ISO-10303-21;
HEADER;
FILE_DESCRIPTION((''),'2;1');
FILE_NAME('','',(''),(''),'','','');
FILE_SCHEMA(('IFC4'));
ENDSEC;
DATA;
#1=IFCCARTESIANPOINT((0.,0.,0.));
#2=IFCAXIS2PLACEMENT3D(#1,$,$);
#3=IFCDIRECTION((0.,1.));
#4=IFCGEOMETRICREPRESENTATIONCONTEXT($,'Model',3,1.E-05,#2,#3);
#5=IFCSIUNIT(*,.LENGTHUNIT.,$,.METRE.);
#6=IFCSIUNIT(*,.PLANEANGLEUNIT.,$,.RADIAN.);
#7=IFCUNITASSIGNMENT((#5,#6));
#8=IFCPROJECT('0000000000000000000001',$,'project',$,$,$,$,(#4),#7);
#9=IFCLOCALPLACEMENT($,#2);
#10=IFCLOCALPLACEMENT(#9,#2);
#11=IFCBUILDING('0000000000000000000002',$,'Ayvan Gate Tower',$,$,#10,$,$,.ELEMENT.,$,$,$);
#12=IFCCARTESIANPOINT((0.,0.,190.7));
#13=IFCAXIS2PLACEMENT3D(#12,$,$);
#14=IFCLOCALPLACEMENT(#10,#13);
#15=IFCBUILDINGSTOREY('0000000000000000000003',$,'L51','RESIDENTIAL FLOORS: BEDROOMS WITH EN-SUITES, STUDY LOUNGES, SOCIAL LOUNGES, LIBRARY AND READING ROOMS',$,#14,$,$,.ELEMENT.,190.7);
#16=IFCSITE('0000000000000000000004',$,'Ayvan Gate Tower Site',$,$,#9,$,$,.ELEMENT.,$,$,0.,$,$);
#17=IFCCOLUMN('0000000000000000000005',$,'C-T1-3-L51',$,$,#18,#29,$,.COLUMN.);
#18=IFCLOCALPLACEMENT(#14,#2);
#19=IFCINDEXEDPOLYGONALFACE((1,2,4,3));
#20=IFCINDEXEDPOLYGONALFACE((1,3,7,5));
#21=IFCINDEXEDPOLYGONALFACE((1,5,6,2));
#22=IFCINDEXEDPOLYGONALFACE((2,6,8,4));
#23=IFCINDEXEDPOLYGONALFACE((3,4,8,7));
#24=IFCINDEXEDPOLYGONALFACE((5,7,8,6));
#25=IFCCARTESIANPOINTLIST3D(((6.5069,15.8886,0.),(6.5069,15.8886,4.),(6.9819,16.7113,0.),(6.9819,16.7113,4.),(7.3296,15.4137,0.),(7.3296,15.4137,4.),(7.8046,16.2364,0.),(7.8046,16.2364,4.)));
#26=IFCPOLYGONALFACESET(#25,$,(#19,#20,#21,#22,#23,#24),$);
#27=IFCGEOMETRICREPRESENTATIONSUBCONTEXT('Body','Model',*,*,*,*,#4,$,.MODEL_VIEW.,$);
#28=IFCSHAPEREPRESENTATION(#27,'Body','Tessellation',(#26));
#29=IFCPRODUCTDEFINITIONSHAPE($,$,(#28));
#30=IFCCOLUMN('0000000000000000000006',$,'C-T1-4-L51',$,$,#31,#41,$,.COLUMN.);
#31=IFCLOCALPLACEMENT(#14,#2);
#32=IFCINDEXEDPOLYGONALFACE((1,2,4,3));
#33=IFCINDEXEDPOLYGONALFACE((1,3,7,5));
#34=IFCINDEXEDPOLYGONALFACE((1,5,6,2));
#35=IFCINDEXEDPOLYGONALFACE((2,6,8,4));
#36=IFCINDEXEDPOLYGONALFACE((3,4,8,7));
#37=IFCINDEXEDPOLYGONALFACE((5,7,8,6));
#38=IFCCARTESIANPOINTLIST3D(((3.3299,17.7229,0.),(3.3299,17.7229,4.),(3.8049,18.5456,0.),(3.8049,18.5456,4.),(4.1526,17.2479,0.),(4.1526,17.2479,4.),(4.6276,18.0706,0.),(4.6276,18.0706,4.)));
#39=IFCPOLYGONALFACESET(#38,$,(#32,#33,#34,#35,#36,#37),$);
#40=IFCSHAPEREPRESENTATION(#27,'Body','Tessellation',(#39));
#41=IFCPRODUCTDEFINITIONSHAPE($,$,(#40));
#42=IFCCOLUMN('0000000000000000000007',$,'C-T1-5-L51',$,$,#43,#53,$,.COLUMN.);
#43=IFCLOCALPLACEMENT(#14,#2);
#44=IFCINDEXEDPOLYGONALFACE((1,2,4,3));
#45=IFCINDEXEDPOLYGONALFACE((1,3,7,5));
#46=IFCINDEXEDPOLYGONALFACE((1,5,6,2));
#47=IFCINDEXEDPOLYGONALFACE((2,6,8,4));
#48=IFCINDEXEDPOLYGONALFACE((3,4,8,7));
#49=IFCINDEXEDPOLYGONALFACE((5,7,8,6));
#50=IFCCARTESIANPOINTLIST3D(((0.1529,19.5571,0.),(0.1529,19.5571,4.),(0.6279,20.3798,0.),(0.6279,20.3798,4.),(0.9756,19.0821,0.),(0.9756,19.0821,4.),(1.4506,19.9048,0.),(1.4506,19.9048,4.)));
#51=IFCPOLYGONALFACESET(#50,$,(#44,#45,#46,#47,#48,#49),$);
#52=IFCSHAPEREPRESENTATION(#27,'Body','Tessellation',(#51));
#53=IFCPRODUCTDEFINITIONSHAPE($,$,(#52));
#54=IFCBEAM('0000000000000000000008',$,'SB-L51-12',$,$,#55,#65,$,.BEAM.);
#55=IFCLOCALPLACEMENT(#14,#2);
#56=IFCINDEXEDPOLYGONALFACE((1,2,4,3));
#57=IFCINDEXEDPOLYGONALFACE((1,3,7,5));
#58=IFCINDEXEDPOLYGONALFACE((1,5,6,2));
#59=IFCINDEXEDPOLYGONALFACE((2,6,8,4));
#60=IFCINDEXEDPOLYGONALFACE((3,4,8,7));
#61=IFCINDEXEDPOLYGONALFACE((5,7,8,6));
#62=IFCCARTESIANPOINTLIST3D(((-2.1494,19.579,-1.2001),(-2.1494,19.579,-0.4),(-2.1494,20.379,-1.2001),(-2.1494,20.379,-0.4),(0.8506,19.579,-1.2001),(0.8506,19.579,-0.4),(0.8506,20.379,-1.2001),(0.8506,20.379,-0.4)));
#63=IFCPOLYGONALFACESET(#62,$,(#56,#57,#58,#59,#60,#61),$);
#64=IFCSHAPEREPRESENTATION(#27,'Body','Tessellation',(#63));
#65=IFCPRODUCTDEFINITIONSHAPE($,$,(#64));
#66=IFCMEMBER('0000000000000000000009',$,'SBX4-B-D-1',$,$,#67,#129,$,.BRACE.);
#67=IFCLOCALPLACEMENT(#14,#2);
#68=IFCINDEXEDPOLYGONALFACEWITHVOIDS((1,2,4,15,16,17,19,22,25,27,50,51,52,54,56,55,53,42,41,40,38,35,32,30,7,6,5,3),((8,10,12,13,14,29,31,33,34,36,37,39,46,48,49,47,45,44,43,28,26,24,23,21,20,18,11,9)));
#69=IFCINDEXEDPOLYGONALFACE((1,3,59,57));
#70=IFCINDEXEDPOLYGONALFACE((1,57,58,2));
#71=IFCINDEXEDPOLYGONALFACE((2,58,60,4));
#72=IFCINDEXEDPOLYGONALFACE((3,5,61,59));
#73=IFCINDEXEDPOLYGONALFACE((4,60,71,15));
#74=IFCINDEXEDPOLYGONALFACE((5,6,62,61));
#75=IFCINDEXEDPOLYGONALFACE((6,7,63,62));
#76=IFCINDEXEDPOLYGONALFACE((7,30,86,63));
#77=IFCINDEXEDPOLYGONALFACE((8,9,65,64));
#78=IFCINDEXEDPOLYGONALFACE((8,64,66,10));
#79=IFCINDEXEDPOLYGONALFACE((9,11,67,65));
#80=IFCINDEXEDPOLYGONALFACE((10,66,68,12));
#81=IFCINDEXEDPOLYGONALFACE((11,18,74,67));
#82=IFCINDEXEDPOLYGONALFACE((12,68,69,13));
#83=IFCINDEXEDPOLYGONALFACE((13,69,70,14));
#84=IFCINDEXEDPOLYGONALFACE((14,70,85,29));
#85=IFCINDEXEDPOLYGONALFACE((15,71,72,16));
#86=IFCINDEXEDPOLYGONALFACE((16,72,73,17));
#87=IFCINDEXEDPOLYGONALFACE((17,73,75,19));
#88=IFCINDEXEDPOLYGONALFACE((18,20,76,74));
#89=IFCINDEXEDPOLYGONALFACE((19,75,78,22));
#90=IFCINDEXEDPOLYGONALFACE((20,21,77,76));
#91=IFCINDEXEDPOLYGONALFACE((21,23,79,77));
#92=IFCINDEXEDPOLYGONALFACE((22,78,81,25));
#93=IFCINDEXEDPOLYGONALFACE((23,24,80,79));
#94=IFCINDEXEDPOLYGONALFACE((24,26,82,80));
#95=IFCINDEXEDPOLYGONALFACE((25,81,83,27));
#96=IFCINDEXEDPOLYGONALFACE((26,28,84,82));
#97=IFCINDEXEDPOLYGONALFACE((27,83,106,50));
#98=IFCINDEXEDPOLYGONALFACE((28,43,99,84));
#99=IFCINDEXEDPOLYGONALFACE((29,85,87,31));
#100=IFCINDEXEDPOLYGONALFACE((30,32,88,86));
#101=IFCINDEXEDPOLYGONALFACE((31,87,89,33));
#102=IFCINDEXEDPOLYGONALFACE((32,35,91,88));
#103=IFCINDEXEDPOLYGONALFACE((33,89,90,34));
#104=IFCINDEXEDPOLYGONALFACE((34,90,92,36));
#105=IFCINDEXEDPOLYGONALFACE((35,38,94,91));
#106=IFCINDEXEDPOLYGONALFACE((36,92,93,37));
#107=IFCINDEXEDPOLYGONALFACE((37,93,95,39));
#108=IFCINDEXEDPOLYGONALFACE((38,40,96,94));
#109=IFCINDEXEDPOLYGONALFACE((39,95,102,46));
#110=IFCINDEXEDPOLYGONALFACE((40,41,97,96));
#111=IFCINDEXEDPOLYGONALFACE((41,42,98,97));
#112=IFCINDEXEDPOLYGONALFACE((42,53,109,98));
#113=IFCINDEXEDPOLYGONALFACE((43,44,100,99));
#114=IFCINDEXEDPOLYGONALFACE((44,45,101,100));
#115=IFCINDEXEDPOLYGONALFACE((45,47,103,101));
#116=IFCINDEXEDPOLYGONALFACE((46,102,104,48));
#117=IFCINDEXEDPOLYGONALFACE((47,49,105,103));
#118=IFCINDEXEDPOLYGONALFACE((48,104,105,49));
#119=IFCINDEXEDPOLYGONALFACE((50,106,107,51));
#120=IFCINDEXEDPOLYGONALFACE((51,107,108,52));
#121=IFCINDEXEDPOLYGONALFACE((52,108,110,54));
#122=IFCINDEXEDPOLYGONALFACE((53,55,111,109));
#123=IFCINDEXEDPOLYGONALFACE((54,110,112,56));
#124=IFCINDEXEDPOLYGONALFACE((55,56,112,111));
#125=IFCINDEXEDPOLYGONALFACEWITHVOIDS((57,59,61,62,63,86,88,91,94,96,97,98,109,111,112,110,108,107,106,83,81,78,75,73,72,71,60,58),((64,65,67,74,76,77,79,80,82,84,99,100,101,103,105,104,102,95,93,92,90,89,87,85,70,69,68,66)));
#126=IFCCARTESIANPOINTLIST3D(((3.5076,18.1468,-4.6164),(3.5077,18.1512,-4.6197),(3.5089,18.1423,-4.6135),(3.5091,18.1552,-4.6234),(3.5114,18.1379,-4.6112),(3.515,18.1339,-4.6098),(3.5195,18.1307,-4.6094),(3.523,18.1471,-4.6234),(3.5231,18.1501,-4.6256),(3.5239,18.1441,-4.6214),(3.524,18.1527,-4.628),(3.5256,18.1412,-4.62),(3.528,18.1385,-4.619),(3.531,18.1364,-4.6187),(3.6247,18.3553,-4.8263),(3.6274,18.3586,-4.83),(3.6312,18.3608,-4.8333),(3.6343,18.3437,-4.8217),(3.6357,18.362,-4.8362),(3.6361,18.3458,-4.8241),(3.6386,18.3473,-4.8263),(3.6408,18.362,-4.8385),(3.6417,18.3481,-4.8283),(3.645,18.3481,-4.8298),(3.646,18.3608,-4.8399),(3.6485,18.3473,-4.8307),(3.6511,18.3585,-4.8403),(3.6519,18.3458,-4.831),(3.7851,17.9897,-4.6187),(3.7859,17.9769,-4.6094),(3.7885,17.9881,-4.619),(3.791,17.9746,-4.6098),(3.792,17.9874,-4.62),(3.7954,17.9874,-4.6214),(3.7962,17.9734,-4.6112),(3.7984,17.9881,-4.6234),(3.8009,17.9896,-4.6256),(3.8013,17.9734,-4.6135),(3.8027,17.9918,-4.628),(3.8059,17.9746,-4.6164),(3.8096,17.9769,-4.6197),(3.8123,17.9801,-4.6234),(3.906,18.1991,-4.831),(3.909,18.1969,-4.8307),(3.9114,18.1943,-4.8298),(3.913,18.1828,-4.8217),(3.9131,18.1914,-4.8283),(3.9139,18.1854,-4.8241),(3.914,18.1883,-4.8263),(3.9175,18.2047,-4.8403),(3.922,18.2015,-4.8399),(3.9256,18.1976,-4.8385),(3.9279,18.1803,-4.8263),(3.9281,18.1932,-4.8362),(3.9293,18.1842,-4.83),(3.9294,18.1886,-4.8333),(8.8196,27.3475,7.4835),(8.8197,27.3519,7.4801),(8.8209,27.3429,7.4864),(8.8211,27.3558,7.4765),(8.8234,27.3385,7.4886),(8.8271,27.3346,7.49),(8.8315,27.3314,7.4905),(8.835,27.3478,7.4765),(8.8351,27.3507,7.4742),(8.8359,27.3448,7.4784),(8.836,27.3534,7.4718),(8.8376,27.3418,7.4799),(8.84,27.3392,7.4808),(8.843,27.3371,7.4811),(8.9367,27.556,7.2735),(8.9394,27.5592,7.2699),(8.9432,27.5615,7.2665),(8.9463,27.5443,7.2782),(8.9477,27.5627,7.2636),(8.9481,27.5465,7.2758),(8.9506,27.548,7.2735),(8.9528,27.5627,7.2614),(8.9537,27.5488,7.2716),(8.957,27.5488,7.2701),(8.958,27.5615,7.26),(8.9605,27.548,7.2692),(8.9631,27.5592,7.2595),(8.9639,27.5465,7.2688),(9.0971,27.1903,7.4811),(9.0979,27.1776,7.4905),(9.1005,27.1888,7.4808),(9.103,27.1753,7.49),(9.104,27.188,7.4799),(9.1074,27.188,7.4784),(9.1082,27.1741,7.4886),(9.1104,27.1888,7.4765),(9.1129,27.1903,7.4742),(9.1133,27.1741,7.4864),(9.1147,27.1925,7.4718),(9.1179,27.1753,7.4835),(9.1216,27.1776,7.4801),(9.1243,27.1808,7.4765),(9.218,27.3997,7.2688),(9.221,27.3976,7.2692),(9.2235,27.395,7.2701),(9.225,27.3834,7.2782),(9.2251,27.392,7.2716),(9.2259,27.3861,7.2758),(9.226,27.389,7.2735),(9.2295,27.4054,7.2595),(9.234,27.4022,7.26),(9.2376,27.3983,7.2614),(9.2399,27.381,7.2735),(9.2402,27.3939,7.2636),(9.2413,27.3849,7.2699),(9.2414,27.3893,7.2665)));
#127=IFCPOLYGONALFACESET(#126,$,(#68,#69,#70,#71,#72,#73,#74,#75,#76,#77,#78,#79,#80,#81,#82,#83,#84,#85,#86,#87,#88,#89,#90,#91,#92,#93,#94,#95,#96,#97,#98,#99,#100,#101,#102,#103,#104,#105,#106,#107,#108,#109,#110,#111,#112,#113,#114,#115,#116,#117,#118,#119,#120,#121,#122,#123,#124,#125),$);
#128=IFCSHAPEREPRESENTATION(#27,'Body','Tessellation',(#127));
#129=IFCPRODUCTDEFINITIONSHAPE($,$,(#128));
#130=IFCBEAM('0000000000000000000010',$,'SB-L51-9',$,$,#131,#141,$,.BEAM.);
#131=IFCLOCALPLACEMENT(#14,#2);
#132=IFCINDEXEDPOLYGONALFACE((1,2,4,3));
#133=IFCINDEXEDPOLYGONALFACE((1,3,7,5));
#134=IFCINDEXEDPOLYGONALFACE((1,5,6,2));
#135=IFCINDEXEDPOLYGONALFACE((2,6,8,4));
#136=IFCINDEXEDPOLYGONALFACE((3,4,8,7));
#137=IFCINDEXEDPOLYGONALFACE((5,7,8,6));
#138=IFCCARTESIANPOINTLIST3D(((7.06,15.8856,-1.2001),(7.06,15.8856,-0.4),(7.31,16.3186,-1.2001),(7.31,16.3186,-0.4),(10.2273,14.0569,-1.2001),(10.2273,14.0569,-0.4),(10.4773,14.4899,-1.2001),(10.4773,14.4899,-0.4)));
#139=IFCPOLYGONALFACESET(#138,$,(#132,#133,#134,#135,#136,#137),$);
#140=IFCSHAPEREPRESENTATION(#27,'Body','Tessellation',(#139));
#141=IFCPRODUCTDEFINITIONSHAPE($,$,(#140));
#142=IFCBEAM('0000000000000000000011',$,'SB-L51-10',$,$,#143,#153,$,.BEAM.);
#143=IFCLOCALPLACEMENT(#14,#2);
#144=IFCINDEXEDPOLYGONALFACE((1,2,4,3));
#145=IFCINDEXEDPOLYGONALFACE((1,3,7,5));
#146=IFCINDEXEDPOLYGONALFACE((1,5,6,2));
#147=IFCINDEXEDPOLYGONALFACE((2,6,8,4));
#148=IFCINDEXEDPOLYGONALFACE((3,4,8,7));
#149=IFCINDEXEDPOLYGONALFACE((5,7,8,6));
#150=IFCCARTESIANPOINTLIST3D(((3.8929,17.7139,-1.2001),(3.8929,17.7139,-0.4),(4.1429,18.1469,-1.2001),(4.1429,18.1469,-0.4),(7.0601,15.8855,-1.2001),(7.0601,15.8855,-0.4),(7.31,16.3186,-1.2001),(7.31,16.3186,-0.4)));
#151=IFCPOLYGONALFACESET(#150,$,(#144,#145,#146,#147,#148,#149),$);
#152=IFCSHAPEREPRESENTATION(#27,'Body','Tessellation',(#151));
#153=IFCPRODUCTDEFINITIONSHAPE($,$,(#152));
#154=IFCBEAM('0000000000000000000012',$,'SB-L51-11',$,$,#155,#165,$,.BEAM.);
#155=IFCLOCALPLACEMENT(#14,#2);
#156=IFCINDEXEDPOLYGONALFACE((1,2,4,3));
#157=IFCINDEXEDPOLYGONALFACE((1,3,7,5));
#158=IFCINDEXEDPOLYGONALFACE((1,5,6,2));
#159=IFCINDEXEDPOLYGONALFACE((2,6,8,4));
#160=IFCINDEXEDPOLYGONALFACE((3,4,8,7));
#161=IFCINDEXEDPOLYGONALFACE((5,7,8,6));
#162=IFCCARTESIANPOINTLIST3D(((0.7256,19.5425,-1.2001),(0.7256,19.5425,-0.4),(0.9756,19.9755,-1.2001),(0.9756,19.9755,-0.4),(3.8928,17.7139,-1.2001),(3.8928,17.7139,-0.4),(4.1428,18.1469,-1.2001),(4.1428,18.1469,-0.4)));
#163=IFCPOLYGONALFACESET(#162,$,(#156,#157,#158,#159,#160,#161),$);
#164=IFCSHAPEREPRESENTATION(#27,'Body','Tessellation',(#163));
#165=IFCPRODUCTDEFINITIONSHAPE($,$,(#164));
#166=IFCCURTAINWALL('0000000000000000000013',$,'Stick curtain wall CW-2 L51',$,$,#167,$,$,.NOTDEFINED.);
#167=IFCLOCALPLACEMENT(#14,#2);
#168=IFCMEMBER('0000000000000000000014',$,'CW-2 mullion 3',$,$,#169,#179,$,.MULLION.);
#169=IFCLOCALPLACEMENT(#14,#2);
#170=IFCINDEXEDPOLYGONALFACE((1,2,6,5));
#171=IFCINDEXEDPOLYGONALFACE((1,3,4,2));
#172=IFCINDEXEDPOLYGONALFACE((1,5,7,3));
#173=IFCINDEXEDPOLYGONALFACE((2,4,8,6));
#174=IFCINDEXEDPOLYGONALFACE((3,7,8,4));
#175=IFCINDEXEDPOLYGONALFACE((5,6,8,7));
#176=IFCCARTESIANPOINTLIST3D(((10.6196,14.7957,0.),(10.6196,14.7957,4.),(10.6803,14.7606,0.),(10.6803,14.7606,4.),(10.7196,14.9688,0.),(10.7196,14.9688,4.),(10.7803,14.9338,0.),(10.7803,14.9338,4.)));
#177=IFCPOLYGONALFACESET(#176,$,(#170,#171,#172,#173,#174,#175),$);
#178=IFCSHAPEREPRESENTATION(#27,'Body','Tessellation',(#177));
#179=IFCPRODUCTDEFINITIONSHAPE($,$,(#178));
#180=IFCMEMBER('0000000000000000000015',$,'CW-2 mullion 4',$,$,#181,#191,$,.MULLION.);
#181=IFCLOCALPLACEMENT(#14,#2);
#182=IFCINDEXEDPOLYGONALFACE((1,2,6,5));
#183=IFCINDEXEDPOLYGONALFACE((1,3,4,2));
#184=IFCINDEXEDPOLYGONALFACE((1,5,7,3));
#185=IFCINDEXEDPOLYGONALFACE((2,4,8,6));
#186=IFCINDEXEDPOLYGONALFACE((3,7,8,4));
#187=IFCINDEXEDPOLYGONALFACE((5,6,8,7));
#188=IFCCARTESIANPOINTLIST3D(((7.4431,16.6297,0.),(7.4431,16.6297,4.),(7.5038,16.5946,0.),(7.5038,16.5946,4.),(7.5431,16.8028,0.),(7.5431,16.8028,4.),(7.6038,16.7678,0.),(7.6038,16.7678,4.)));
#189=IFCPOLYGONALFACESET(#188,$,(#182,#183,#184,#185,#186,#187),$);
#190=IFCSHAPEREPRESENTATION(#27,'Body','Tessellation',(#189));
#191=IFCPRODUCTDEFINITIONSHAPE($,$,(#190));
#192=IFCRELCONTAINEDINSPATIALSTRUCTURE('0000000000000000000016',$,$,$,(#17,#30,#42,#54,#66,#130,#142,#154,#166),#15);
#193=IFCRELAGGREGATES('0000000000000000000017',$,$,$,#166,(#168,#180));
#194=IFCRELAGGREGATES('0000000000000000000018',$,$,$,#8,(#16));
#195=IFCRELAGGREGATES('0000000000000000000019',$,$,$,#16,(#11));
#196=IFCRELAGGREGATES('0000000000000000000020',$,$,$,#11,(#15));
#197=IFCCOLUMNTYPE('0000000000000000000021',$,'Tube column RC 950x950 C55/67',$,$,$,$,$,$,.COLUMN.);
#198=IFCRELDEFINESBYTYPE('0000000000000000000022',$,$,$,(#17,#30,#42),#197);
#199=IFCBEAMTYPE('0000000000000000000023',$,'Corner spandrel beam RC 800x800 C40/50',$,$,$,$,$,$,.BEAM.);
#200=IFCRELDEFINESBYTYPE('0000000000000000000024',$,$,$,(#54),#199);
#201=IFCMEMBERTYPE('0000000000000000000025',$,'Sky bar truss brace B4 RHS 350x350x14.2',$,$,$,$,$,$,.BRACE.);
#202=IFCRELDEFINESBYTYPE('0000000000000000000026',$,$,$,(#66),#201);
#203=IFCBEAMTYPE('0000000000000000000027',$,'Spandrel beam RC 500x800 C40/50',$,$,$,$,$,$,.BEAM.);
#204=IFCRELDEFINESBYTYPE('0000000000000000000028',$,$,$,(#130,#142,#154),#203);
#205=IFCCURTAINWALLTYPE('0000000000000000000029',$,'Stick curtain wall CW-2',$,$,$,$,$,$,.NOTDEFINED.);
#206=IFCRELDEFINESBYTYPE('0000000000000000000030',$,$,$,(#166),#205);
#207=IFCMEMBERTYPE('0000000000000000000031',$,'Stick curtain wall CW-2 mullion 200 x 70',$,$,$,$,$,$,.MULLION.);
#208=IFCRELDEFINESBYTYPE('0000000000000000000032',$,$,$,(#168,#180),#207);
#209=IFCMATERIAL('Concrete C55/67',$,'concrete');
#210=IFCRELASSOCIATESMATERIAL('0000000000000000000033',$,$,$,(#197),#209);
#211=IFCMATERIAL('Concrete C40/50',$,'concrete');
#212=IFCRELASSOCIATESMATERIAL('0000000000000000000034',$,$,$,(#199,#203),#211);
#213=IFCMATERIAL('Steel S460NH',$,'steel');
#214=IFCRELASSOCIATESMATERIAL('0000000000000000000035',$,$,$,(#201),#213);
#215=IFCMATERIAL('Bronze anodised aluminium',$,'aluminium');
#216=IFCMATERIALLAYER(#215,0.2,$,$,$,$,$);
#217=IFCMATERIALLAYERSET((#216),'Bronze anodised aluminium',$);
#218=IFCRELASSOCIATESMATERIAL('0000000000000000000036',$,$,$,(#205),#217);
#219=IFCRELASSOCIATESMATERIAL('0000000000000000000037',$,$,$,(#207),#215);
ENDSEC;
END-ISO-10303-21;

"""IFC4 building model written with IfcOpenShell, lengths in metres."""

from ifc_helpers import new_model, si_unit, direction, frame, origin, origin_2d, place, context, subcontext, project, spatial, rectangle, hollow_rectangle, extrude, material, layer, layer_set, material_profile, profile_set, type_object, element, aggregate, save


model = new_model("IFC4")

# Units and contexts
model_context = context("Model", 3, precision=1e-05, world=origin(), true_north=direction((0.0, 1.0)))
body_context = subcontext(model_context, "Body", "Model", "MODEL_VIEW")
ifc_project = project(units=[si_unit("LENGTHUNIT", "METRE"), si_unit("PLANEANGLEUNIT", "RADIAN")], contexts=[model_context])

# Site, building, storey
site_placement = place(None, origin())
site = spatial("IfcSite", under=ifc_project, at=site_placement, Name="Ayvan Gate Tower Site", CompositionType="ELEMENT", RefElevation=0.0)
building_placement = place(site_placement, origin())
building = spatial("IfcBuilding", under=site, at=building_placement, Name="Ayvan Gate Tower", CompositionType="ELEMENT")
storey_placement = place(building_placement, frame((0.0, 0.0, 190.7)))
storey = spatial("IfcBuildingStorey", under=building, at=storey_placement, Name="L51", Description="RESIDENTIAL FLOORS: BEDROOMS WITH EN-SUITES, STUDY LOUNGES, SOCIAL LOUNGES, LIBRARY AND READING ROOMS", CompositionType="ELEMENT", Elevation=190.7)

# Columns
ifc_material_1 = material(Name="Concrete C55/67", Category="concrete")
ifc_material_profile_1 = material_profile(ifc_material_1, rectangle(XDim=0.95, YDim=0.95, at=origin_2d()), Name="RC 950x950")
ifc_profile_set_1 = profile_set([ifc_material_profile_1], Name="Concrete C55/67")
column_type = type_object("IfcColumnType", Name="Tube column RC 950x950 C55/67", PredefinedType="COLUMN", material=ifc_profile_set_1)
for number, where, z_axis, x_axis, name in (
    (1, (7.1558, 16.0625, 0.0), (0.0, 0.0, 1.0), (0.5, 0.866025, 0.0), "C-T1-3-L51"),
    (2, (3.9788, 17.8967, 0.0), (0.0, 0.0, 1.0), (0.5, 0.866025, 0.0), "C-T1-4-L51"),
    (3, (0.8018, 19.731, 0.0), (0.0, 0.0, 1.0), (0.5, 0.866025, 0.0), "C-T1-5-L51"),
):
    element("IfcColumn", number, at=place(storey_placement, frame(where, z_axis=z_axis, x_axis=x_axis)), inside=storey, type_object=column_type, Name=name, PredefinedType="COLUMN", context=body_context, shape_type="SweptSolid", body=[
        extrude(rectangle(XDim=0.95, YDim=0.95, at=origin_2d()), origin(), (0.0, 0.0, 1.0), 4.0),
    ])

# Beam
ifc_material_2 = material(Name="Concrete C40/50", Category="concrete")
ifc_material_profile_2 = material_profile(ifc_material_2, rectangle(XDim=0.8, YDim=0.8, at=origin_2d()), Name="RC 800x800")
ifc_profile_set_2 = profile_set([ifc_material_profile_2], Name="Concrete C40/50")
beam_type_1 = type_object("IfcBeamType", Name="Corner spandrel beam RC 800x800 C40/50", PredefinedType="BEAM", material=ifc_profile_set_2)
beam_1_placement = place(storey_placement, frame((0.8506, 19.979, -0.8), z_axis=(-1.0, 0.0, 0.0), x_axis=(0.0, -1.0, 0.0)))
element("IfcBeam", 4, at=beam_1_placement, inside=storey, type_object=beam_type_1, Name="SB-L51-12", PredefinedType="BEAM", context=body_context, shape_type="SweptSolid", body=[
    extrude(rectangle(XDim=0.8, YDim=0.8, at=origin_2d()), origin(), (0.0, 0.0, 1.0), 3.0),
])

# Member
ifc_material_3 = material(Name="Steel S460NH", Category="steel")
ifc_material_profile_3 = material_profile(ifc_material_3, hollow_rectangle(XDim=0.3501, YDim=0.3501, WallThickness=0.0142, InnerFilletRadius=0.0142, OuterFilletRadius=0.0212, at=origin_2d()), Name="RHS 350x350x14.2")
ifc_profile_set_3 = profile_set([ifc_material_profile_3], Name="Steel S460NH")
member_type_1 = type_object("IfcMemberType", Name="Sky bar truss brace B4 RHS 350x350x14.2", PredefinedType="BRACE", material=ifc_profile_set_3)
member_1_placement = place(storey_placement, frame((3.7185, 18.1677, -4.7249), z_axis=(0.329896, 0.571398, 0.751447), x_axis=(-0.866026, 0.5, 0.0)))
element("IfcMember", 5, at=member_1_placement, inside=storey, type_object=member_type_1, Name="SBX4-B-D-1", PredefinedType="BRACE", context=body_context, shape_type="SweptSolid", body=[
    extrude(hollow_rectangle(XDim=0.3501, YDim=0.3501, WallThickness=0.0142, InnerFilletRadius=0.0142, OuterFilletRadius=0.0212, at=origin_2d()), origin(), (0.0, 0.0, 1.0), 16.1021),
])

# Beams
ifc_material_profile_4 = material_profile(ifc_material_2, rectangle(XDim=0.5, YDim=0.8, at=origin_2d()), Name="RC 500x800")
ifc_profile_set_4 = profile_set([ifc_material_profile_4], Name="Concrete C40/50")
beam_type_2 = type_object("IfcBeamType", Name="Spandrel beam RC 500x800 C40/50", PredefinedType="BEAM", material=ifc_profile_set_4)
beam_2_placement = place(storey_placement, frame((10.3523, 14.2734, -0.8), z_axis=(-0.866024, 0.500002, 0.0), x_axis=(-0.500002, -0.866024, 0.0)))
element("IfcBeam", 6, at=beam_2_placement, inside=storey, type_object=beam_type_2, Name="SB-L51-9", PredefinedType="BEAM", context=body_context, shape_type="SweptSolid", body=[
    extrude(rectangle(XDim=0.5, YDim=0.8, at=origin_2d()), origin(), (0.0, 0.0, 1.0), 3.6572),
])
beam_3_placement = place(storey_placement, frame((7.1851, 16.1021, -0.8), z_axis=(-0.866053, 0.499952, 0.0), x_axis=(-0.499952, -0.866053, 0.0)))
element("IfcBeam", 7, at=beam_3_placement, inside=storey, type_object=beam_type_2, Name="SB-L51-10", PredefinedType="BEAM", context=body_context, shape_type="SweptSolid", body=[
    extrude(rectangle(XDim=0.5, YDim=0.8, at=origin_2d()), origin(), (0.0, 0.0, 1.0), 3.657),
])
beam_4_placement = place(storey_placement, frame((4.0178, 17.9304, -0.8), z_axis=(-0.866024, 0.500002, 0.0), x_axis=(-0.500002, -0.866024, 0.0)))
element("IfcBeam", 8, at=beam_4_placement, inside=storey, type_object=beam_type_2, Name="SB-L51-11", PredefinedType="BEAM", context=body_context, shape_type="SweptSolid", body=[
    extrude(rectangle(XDim=0.5, YDim=0.8, at=origin_2d()), origin(), (0.0, 0.0, 1.0), 3.6572),
])

# Curtain wall, members
ifc_material_4 = material(Name="Bronze anodised aluminium", Category="aluminium")
ifc_layer_1 = layer(ifc_material_4, 0.2)
ifc_layer_set_1 = layer_set([ifc_layer_1], Name="Bronze anodised aluminium")
curtain_wall_type_1 = type_object("IfcCurtainWallType", Name="Stick curtain wall CW-2", PredefinedType="NOTDEFINED", material=ifc_layer_set_1)
curtain_wall_1_placement = place(storey_placement, origin())
curtain_wall_1 = element("IfcCurtainWall", 9, at=curtain_wall_1_placement, inside=storey, type_object=curtain_wall_type_1, Name="Stick curtain wall CW-2 L51", PredefinedType="NOTDEFINED")
ifc_material_profile_5 = material_profile(ifc_material_4, rectangle(XDim=0.2, YDim=0.0701, at=origin_2d()), Name="Stick curtain wall CW-2 mullion 200 x 70")
ifc_profile_set_5 = profile_set([ifc_material_profile_5], Name="Bronze anodised aluminium")
member_type_2 = type_object("IfcMemberType", Name="Stick curtain wall CW-2 mullion 200 x 70", PredefinedType="MULLION", material=ifc_profile_set_5)
member_2_placement = place(storey_placement, frame((10.7, 14.8647, 0.0), z_axis=(0.0, 0.0, 1.0), x_axis=(0.5, 0.866025, 0.0)))
member_2 = element("IfcMember", 10, at=member_2_placement, type_object=member_type_2, Name="CW-2 mullion 3", PredefinedType="MULLION", context=body_context, shape_type="SweptSolid", body=[
    extrude(rectangle(XDim=0.2, YDim=0.0701, at=origin_2d()), origin(), (0.0, 0.0, 1.0), 4.0),
])
member_3_placement = place(storey_placement, frame((7.5234, 16.6987, 0.0), z_axis=(0.0, 0.0, 1.0), x_axis=(0.5, 0.866025, 0.0)))
member_3 = element("IfcMember", 11, at=member_3_placement, type_object=member_type_2, Name="CW-2 mullion 4", PredefinedType="MULLION", context=body_context, shape_type="SweptSolid", body=[
    extrude(rectangle(XDim=0.2, YDim=0.0701, at=origin_2d()), origin(), (0.0, 0.0, 1.0), 4.0),
])

aggregate(curtain_wall_1, [member_2, member_3])

save(model, "model.ifc")
